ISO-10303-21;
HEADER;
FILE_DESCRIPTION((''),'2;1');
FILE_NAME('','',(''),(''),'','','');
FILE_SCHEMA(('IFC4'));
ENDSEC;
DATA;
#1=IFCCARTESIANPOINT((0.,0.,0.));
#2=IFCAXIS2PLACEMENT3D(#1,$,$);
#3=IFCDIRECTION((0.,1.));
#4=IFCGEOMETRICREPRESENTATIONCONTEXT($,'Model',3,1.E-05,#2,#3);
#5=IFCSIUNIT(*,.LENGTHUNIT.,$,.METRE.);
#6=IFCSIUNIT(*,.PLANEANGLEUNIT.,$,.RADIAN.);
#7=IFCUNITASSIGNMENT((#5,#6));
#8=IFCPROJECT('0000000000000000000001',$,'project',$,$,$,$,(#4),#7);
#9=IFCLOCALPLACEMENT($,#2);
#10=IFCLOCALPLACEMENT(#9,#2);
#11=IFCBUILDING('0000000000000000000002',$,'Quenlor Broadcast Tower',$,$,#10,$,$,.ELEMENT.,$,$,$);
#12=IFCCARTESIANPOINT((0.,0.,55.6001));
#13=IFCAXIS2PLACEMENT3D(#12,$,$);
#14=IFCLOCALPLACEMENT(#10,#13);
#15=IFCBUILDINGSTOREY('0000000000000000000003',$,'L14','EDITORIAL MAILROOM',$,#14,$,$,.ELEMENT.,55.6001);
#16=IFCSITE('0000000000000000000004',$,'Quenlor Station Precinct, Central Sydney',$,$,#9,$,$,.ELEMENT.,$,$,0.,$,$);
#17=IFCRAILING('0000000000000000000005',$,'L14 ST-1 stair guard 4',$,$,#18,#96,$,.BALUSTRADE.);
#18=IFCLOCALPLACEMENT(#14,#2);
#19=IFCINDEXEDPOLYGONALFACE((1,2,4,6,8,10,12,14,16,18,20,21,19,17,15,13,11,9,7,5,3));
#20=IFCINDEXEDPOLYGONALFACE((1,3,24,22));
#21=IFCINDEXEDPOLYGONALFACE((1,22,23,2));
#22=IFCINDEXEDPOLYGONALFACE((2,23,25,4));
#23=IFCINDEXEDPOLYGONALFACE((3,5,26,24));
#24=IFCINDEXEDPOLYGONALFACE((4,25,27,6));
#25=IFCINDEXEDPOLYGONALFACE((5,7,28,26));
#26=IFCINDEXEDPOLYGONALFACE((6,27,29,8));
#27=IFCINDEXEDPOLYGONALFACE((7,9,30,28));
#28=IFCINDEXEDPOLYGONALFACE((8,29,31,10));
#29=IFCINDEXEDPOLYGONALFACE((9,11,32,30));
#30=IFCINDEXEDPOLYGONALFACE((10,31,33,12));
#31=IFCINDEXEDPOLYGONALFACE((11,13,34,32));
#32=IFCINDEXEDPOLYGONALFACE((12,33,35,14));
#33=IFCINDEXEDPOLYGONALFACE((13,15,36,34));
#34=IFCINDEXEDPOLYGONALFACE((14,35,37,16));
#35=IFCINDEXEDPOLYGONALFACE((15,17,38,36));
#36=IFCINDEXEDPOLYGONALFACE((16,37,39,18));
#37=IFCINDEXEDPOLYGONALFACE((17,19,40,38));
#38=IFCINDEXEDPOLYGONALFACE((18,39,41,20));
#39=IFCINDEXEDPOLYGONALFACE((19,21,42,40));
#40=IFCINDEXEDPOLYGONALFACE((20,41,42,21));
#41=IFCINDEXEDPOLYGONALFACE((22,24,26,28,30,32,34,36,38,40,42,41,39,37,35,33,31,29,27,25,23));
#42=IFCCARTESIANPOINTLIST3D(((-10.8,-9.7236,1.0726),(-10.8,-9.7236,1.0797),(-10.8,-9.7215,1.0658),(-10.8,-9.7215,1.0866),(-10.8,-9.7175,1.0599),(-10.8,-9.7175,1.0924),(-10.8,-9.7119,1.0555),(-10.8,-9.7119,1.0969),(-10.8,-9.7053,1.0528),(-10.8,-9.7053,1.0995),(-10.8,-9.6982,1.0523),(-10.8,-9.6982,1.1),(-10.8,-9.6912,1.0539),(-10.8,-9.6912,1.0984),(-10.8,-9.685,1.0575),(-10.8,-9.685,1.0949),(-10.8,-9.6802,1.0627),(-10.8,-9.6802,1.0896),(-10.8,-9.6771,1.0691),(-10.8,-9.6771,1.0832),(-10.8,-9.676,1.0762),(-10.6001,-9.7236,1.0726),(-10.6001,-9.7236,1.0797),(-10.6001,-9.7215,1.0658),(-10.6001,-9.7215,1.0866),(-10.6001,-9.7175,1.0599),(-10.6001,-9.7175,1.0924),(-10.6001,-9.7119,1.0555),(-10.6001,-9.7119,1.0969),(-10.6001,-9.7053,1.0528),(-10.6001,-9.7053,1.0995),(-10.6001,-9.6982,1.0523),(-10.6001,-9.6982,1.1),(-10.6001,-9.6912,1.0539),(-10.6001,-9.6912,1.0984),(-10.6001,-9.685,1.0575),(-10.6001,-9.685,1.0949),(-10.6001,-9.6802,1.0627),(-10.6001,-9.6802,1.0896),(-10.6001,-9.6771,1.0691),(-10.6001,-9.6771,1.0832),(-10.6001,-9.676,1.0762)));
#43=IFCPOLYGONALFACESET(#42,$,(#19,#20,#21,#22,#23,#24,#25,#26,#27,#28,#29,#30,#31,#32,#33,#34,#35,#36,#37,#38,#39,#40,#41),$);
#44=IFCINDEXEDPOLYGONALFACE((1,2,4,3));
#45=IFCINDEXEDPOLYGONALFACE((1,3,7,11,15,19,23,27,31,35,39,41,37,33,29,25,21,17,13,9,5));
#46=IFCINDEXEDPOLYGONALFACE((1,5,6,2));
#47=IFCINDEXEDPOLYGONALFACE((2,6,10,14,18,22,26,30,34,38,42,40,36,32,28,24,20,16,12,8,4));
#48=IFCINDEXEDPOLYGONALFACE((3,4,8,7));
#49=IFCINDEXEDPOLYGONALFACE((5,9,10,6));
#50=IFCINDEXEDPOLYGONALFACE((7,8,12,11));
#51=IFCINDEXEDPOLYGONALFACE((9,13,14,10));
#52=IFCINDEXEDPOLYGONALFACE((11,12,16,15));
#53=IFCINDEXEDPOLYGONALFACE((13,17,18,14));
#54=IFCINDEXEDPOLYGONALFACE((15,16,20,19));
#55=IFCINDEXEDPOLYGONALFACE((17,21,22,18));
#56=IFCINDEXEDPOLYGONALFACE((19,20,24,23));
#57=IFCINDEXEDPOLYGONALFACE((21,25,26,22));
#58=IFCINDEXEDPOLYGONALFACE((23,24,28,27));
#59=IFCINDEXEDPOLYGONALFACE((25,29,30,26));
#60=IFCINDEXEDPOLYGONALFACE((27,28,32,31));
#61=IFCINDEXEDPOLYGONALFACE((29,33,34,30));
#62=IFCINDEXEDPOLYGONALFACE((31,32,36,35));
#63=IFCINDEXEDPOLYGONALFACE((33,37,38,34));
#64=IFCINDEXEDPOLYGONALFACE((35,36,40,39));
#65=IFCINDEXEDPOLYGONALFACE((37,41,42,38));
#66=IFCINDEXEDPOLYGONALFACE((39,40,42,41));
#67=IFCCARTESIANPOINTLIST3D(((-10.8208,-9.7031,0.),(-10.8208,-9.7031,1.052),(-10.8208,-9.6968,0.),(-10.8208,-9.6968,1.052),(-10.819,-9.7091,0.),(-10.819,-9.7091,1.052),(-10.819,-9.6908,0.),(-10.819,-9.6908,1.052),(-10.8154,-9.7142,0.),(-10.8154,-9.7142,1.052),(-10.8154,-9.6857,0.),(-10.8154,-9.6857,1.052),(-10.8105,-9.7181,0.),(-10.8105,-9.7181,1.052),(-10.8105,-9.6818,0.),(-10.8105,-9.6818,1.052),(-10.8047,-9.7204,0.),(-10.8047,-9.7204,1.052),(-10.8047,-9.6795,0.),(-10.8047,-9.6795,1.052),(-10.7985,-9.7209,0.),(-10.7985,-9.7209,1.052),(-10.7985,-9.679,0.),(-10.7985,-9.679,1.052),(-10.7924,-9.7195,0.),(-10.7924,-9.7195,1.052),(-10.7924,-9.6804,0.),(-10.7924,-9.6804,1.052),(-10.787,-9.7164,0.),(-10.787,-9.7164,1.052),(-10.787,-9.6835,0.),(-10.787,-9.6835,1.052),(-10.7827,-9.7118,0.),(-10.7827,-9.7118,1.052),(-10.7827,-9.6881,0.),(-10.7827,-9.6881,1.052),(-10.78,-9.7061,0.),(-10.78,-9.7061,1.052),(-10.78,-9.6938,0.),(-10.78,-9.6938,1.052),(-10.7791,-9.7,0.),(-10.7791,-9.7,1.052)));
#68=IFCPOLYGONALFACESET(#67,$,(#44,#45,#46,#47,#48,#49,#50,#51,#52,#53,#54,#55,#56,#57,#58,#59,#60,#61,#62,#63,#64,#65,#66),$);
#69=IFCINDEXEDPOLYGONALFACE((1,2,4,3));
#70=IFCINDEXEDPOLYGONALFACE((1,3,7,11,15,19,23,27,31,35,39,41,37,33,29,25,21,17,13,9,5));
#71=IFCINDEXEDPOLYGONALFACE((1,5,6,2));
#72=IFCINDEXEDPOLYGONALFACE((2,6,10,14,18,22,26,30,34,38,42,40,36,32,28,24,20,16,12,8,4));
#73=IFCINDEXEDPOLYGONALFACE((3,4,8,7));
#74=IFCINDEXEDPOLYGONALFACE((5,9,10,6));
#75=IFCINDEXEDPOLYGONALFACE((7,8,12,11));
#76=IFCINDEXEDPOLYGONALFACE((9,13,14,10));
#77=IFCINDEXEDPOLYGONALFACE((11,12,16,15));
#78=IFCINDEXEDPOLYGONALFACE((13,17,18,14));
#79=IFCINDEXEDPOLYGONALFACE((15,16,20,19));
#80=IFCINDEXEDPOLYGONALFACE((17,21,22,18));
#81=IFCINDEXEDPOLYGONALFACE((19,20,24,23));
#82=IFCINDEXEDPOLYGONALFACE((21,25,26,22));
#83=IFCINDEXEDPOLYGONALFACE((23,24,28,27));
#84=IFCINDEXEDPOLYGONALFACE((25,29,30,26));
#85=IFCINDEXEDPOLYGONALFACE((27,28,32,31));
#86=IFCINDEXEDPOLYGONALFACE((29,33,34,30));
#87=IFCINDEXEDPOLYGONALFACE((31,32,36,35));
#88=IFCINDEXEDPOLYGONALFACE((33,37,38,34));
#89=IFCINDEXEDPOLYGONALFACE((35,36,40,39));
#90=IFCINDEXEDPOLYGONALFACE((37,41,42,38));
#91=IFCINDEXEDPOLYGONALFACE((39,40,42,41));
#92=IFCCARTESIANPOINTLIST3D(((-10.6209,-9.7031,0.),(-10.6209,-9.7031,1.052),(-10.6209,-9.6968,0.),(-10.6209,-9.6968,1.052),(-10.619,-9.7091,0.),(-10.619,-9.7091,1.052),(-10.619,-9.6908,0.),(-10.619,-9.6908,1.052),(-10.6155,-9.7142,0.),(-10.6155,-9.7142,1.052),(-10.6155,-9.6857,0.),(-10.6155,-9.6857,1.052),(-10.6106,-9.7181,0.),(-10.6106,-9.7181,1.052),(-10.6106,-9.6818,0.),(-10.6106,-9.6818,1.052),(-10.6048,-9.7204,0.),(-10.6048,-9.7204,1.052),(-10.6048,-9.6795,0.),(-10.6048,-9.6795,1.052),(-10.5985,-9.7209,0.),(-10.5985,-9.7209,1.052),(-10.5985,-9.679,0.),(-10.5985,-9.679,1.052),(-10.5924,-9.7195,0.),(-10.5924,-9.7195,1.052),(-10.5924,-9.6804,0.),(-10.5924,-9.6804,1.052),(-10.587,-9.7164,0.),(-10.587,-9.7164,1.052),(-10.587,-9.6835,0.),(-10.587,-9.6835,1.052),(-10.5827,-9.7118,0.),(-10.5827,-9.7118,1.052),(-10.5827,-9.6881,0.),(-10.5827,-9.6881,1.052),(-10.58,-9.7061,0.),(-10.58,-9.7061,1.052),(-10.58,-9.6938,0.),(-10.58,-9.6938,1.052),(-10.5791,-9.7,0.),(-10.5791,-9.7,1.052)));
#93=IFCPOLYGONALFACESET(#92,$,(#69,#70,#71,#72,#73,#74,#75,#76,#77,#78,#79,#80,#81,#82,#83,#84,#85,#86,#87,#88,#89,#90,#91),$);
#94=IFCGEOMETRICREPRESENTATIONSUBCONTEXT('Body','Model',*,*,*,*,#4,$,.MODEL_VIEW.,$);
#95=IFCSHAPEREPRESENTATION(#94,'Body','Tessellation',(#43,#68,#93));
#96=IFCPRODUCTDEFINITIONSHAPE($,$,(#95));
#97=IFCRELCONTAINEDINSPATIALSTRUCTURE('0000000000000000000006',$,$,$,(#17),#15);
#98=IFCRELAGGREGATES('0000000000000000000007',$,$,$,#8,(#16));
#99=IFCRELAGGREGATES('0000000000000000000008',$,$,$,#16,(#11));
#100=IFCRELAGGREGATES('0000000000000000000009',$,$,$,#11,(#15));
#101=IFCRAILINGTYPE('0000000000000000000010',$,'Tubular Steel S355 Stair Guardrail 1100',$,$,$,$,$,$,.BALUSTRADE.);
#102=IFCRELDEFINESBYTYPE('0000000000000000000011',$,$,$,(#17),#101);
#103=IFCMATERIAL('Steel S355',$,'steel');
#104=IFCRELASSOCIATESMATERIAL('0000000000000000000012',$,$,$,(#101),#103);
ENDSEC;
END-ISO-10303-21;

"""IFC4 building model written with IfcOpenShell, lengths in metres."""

from ifc_helpers import new_model, si_unit, direction, frame, origin, origin_2d, place, context, subcontext, project, spatial, circle, extrude, material, type_object, element, save


model = new_model("IFC4")

# Units and contexts
model_context = context("Model", 3, precision=1e-05, world=origin(), true_north=direction((0.0, 1.0)))
body_context = subcontext(model_context, "Body", "Model", "MODEL_VIEW")
ifc_project = project(units=[si_unit("LENGTHUNIT", "METRE"), si_unit("PLANEANGLEUNIT", "RADIAN")], contexts=[model_context])

# Site, building, storey
site_placement = place(None, origin())
site = spatial("IfcSite", under=ifc_project, at=site_placement, Name="Quenlor Station Precinct, Central Sydney", CompositionType="ELEMENT", RefElevation=0.0)
building_placement = place(site_placement, origin())
building = spatial("IfcBuilding", under=site, at=building_placement, Name="Quenlor Broadcast Tower", CompositionType="ELEMENT")
storey_placement = place(building_placement, frame((0.0, 0.0, 55.6001)))
storey = spatial("IfcBuildingStorey", under=building, at=storey_placement, Name="L14", Description="EDITORIAL MAILROOM", CompositionType="ELEMENT", Elevation=55.6001)

# Railing
ifc_material_1 = material(Name="Steel S355", Category="steel")
railing_type_1 = type_object("IfcRailingType", Name="Tubular Steel S355 Stair Guardrail 1100", PredefinedType="BALUSTRADE", material=ifc_material_1)
railing_1_placement = place(storey_placement, frame((-10.8, -9.7, 0.0)))
element("IfcRailing", 1, at=railing_1_placement, inside=storey, type_object=railing_type_1, Name="L14 ST-1 stair guard 4", PredefinedType="BALUSTRADE", context=body_context, shape_type="SweptSolid", body=[
    extrude(circle(Radius=0.0239, at=origin_2d()), frame((0.0, 0.0, 1.0762), z_axis=(1.0, 0.0, 0.0), x_axis=(0.0, 1.0, 0.0)), (0.0, 0.0, 1.0), 0.2),
    extrude(circle(Radius=0.021, at=origin_2d()), origin(), (0.0, 0.0, 1.0), 1.052),
    extrude(circle(Radius=0.021, at=origin_2d()), frame((0.2, 0.0, 0.0)), (0.0, 0.0, 1.0), 1.052),
])

save(model, "model.ifc")
